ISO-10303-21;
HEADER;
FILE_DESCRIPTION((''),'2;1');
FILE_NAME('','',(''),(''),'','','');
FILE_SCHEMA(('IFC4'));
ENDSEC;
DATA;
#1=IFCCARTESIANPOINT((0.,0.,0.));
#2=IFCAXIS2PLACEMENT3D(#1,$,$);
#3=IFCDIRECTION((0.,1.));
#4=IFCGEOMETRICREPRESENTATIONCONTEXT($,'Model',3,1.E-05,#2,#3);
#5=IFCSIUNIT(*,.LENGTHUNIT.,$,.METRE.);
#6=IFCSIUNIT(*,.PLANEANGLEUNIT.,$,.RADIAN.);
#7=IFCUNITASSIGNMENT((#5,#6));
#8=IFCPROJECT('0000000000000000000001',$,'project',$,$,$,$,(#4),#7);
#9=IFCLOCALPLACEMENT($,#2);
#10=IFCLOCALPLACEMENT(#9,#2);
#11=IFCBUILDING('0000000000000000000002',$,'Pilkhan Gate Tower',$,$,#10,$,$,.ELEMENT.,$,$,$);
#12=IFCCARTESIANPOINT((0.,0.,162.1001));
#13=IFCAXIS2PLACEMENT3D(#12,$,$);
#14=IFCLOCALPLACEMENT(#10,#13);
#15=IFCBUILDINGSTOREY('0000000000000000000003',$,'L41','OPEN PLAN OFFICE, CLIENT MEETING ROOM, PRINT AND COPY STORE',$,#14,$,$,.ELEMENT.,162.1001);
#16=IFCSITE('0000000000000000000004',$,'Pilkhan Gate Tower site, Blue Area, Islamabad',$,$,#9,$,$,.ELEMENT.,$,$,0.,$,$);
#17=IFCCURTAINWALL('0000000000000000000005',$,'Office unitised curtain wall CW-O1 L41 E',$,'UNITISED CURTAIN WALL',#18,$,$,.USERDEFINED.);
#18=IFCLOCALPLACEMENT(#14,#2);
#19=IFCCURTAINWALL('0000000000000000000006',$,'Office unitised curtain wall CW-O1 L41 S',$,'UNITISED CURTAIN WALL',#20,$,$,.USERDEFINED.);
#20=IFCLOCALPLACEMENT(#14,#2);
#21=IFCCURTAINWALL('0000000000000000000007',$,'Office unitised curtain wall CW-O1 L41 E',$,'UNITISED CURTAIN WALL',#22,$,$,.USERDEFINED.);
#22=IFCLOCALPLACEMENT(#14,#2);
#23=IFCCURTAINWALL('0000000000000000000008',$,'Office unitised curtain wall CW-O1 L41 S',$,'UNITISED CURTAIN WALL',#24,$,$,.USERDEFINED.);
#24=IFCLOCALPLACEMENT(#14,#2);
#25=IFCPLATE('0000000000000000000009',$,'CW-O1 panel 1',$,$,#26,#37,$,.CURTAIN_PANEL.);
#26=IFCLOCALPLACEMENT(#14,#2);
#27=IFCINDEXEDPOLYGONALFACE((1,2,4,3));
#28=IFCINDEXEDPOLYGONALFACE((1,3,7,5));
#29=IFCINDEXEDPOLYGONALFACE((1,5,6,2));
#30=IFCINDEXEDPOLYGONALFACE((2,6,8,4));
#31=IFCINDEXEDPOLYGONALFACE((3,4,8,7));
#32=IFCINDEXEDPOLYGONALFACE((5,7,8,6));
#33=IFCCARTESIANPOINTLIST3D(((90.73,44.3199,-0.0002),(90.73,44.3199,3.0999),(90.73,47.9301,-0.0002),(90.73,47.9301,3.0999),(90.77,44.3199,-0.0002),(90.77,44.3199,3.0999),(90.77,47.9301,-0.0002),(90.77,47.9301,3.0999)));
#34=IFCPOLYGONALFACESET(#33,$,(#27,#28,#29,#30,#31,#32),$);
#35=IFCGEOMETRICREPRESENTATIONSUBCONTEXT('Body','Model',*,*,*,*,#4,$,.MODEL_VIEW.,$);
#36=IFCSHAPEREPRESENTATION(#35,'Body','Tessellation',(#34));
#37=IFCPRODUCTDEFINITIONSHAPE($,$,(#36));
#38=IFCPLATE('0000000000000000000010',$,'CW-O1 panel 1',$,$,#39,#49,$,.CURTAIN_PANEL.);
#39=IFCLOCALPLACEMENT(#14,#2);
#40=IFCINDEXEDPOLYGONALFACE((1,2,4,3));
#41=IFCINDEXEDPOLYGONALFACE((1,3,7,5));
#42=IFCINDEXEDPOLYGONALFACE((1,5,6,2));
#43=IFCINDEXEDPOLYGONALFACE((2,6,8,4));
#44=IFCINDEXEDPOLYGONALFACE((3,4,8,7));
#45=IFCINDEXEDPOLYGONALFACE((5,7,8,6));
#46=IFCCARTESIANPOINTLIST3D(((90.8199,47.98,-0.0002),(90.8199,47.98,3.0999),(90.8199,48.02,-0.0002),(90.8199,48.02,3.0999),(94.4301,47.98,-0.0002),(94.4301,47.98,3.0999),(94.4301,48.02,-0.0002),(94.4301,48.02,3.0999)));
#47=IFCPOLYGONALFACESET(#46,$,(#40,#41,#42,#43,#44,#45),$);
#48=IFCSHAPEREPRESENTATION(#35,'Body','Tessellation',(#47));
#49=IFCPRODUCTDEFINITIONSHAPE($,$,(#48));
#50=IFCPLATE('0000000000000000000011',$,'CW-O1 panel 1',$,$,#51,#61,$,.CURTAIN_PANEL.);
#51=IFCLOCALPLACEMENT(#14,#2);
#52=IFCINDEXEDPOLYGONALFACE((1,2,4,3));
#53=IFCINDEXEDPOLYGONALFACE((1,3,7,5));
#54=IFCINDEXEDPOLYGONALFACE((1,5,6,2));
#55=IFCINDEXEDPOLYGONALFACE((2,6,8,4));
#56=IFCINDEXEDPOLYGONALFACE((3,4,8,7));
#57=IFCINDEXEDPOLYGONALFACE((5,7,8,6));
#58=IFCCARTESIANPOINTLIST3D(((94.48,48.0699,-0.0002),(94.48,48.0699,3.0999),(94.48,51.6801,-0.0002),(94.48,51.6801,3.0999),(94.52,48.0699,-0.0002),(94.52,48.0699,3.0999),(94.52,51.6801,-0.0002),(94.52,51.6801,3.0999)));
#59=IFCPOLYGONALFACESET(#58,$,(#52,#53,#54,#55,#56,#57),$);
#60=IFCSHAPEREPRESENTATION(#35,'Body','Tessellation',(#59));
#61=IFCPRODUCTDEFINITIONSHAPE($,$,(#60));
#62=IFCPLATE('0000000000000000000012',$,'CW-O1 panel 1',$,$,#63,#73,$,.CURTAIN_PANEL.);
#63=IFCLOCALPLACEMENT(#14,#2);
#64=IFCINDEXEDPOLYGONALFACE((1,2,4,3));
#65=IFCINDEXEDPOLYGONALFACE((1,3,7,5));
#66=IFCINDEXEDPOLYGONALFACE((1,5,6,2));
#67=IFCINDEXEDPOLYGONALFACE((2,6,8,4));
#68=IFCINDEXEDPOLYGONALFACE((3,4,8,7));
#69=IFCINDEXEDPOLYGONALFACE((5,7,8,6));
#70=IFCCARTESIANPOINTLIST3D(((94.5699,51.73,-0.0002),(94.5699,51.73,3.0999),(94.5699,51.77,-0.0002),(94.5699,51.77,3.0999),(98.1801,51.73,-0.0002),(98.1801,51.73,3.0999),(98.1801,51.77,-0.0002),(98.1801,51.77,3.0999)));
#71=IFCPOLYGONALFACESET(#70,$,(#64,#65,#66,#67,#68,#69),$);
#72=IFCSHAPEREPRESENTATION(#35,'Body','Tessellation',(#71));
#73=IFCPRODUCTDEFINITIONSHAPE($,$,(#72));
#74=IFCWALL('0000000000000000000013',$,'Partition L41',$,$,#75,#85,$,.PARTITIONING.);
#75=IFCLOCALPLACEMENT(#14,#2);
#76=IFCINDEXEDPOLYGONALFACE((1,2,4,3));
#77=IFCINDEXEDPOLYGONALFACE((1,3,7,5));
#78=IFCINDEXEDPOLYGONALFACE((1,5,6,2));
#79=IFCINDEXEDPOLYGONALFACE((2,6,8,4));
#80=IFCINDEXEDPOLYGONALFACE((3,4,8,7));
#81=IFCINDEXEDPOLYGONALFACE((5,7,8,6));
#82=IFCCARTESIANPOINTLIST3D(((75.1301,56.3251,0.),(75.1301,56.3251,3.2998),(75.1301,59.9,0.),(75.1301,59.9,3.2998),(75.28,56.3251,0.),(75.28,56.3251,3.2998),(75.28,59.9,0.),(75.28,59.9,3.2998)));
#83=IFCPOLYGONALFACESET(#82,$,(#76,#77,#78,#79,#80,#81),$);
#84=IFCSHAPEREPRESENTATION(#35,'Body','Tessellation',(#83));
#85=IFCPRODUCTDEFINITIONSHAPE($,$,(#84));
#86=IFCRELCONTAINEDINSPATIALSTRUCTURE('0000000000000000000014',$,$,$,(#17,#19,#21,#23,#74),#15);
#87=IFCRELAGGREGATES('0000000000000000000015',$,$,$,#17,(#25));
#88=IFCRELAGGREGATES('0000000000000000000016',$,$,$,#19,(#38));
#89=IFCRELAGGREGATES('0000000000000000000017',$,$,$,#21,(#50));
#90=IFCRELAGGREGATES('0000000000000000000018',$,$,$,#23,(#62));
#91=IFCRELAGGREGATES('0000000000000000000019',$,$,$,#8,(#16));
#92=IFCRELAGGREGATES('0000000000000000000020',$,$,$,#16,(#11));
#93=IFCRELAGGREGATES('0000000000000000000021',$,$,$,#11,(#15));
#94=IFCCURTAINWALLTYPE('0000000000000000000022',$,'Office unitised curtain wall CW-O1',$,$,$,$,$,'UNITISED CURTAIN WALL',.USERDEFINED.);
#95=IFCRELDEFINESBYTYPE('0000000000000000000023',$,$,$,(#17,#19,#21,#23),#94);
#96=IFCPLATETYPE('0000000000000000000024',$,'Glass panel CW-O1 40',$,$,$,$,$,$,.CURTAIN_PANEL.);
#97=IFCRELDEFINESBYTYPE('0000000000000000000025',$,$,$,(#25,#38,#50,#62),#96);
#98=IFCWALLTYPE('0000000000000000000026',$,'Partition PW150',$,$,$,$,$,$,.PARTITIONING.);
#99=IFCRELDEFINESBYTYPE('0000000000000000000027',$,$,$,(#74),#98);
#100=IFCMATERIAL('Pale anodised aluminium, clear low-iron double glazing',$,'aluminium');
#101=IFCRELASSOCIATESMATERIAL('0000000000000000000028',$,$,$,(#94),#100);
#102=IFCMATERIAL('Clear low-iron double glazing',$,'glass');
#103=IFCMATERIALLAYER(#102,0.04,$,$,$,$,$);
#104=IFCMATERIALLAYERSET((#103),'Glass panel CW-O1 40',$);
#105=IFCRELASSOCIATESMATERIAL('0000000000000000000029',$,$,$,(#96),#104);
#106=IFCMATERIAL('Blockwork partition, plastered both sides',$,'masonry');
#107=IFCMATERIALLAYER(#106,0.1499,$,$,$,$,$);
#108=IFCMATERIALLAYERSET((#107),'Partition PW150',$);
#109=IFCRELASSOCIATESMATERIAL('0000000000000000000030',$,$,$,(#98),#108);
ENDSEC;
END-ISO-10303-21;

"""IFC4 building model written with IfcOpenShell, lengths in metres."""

from ifc_helpers import new_model, si_unit, direction, frame, frame_2d, origin, origin_2d, place, context, subcontext, project, spatial, rectangle, extrude, material, layer, layer_set, type_object, element, aggregate, save


model = new_model("IFC4")

# Units and contexts
model_context = context("Model", 3, precision=1e-05, world=origin(), true_north=direction((0.0, 1.0)))
body_context = subcontext(model_context, "Body", "Model", "MODEL_VIEW")
ifc_project = project(units=[si_unit("LENGTHUNIT", "METRE"), si_unit("PLANEANGLEUNIT", "RADIAN")], contexts=[model_context])

# Site, building, storey
site_placement = place(None, origin())
site = spatial("IfcSite", under=ifc_project, at=site_placement, Name="Pilkhan Gate Tower site, Blue Area, Islamabad", CompositionType="ELEMENT", RefElevation=0.0)
building_placement = place(site_placement, origin())
building = spatial("IfcBuilding", under=site, at=building_placement, Name="Pilkhan Gate Tower", CompositionType="ELEMENT")
storey_placement = place(building_placement, frame((0.0, 0.0, 162.1001)))
storey = spatial("IfcBuildingStorey", under=building, at=storey_placement, Name="L41", Description="OPEN PLAN OFFICE, CLIENT MEETING ROOM, PRINT AND COPY STORE", CompositionType="ELEMENT", Elevation=162.1001)

# Shared definitions
ifc_material_1 = material(Name="Pale anodised aluminium, clear low-iron double glazing", Category="aluminium")
curtain_wall_type = type_object("IfcCurtainWallType", Name="Office unitised curtain wall CW-O1", ElementType="UNITISED CURTAIN WALL", PredefinedType="USERDEFINED", material=ifc_material_1)

# Curtain walls
curtain_wall_1_placement = place(storey_placement, origin())
curtain_wall_1 = element("IfcCurtainWall", 1, at=curtain_wall_1_placement, inside=storey, type_object=curtain_wall_type, Name="Office unitised curtain wall CW-O1 L41 E", ObjectType="UNITISED CURTAIN WALL", PredefinedType="USERDEFINED")
curtain_wall_2_placement = place(storey_placement, origin())
curtain_wall_2 = element("IfcCurtainWall", 2, at=curtain_wall_2_placement, inside=storey, type_object=curtain_wall_type, Name="Office unitised curtain wall CW-O1 L41 S", ObjectType="UNITISED CURTAIN WALL", PredefinedType="USERDEFINED")
curtain_wall_3_placement = place(storey_placement, origin())
curtain_wall_3 = element("IfcCurtainWall", 3, at=curtain_wall_3_placement, inside=storey, type_object=curtain_wall_type, Name="Office unitised curtain wall CW-O1 L41 E", ObjectType="UNITISED CURTAIN WALL", PredefinedType="USERDEFINED")
curtain_wall_4_placement = place(storey_placement, origin())
curtain_wall_4 = element("IfcCurtainWall", 4, at=curtain_wall_4_placement, inside=storey, type_object=curtain_wall_type, Name="Office unitised curtain wall CW-O1 L41 S", ObjectType="UNITISED CURTAIN WALL", PredefinedType="USERDEFINED")

# Plates
ifc_material_2 = material(Name="Clear low-iron double glazing", Category="glass")
ifc_layer_1 = layer(ifc_material_2, 0.04)
ifc_layer_set_1 = layer_set([ifc_layer_1], Name="Glass panel CW-O1 40")
plate_type = type_object("IfcPlateType", Name="Glass panel CW-O1 40", PredefinedType="CURTAIN_PANEL", material=ifc_layer_set_1)
plate_1_placement = place(storey_placement, frame((90.75, 46.125, -0.0002), z_axis=(0.0, 0.0, 1.0), x_axis=(0.0, 1.0, 0.0)))
plate_1 = element("IfcPlate", 5, at=plate_1_placement, type_object=plate_type, Name="CW-O1 panel 1", PredefinedType="CURTAIN_PANEL", context=body_context, shape_type="SweptSolid", body=[
    extrude(rectangle(XDim=3.6101, YDim=0.04, at=origin_2d()), origin(), (0.0, 0.0, 1.0), 3.1001),
])
aggregate(curtain_wall_1, [plate_1])
plate_2_placement = place(storey_placement, frame((92.625, 48.0, -0.0002), z_axis=(0.0, 0.0, 1.0), x_axis=(1.0, 0.0, 0.0)))
plate_2 = element("IfcPlate", 6, at=plate_2_placement, type_object=plate_type, Name="CW-O1 panel 1", PredefinedType="CURTAIN_PANEL", context=body_context, shape_type="SweptSolid", body=[
    extrude(rectangle(XDim=3.6101, YDim=0.04, at=origin_2d()), origin(), (0.0, 0.0, 1.0), 3.1001),
])
aggregate(curtain_wall_2, [plate_2])
plate_3_placement = place(storey_placement, frame((94.5, 49.875, -0.0002), z_axis=(0.0, 0.0, 1.0), x_axis=(0.0, 1.0, 0.0)))
plate_3 = element("IfcPlate", 7, at=plate_3_placement, type_object=plate_type, Name="CW-O1 panel 1", PredefinedType="CURTAIN_PANEL", context=body_context, shape_type="SweptSolid", body=[
    extrude(rectangle(XDim=3.6101, YDim=0.04, at=origin_2d()), origin(), (0.0, 0.0, 1.0), 3.1001),
])
aggregate(curtain_wall_3, [plate_3])
plate_4_placement = place(storey_placement, frame((96.375, 51.75, -0.0002), z_axis=(0.0, 0.0, 1.0), x_axis=(1.0, 0.0, 0.0)))
plate_4 = element("IfcPlate", 8, at=plate_4_placement, type_object=plate_type, Name="CW-O1 panel 1", PredefinedType="CURTAIN_PANEL", context=body_context, shape_type="SweptSolid", body=[
    extrude(rectangle(XDim=3.6101, YDim=0.04, at=origin_2d()), origin(), (0.0, 0.0, 1.0), 3.1001),
])
aggregate(curtain_wall_4, [plate_4])

# Wall
ifc_material_3 = material(Name="Blockwork partition, plastered both sides", Category="masonry")
ifc_layer_2 = layer(ifc_material_3, 0.1499)
ifc_layer_set_2 = layer_set([ifc_layer_2], Name="Partition PW150")
wall_type = type_object("IfcWallType", Name="Partition PW150", PredefinedType="PARTITIONING", material=ifc_layer_set_2)
wall_placement = place(storey_placement, frame((75.2051, 56.325, 0.0), z_axis=(0.0, 0.0, 1.0), x_axis=(0.0, 1.0, 0.0)))
element("IfcWall", 9, at=wall_placement, inside=storey, type_object=wall_type, Name="Partition L41", PredefinedType="PARTITIONING", context=body_context, shape_type="SweptSolid", body=[
    extrude(rectangle(XDim=3.575, YDim=0.1499, at=frame_2d((1.7876, 0.0))), origin(), (0.0, 0.0, 1.0), 3.2998),
])

save(model, "model.ifc")
